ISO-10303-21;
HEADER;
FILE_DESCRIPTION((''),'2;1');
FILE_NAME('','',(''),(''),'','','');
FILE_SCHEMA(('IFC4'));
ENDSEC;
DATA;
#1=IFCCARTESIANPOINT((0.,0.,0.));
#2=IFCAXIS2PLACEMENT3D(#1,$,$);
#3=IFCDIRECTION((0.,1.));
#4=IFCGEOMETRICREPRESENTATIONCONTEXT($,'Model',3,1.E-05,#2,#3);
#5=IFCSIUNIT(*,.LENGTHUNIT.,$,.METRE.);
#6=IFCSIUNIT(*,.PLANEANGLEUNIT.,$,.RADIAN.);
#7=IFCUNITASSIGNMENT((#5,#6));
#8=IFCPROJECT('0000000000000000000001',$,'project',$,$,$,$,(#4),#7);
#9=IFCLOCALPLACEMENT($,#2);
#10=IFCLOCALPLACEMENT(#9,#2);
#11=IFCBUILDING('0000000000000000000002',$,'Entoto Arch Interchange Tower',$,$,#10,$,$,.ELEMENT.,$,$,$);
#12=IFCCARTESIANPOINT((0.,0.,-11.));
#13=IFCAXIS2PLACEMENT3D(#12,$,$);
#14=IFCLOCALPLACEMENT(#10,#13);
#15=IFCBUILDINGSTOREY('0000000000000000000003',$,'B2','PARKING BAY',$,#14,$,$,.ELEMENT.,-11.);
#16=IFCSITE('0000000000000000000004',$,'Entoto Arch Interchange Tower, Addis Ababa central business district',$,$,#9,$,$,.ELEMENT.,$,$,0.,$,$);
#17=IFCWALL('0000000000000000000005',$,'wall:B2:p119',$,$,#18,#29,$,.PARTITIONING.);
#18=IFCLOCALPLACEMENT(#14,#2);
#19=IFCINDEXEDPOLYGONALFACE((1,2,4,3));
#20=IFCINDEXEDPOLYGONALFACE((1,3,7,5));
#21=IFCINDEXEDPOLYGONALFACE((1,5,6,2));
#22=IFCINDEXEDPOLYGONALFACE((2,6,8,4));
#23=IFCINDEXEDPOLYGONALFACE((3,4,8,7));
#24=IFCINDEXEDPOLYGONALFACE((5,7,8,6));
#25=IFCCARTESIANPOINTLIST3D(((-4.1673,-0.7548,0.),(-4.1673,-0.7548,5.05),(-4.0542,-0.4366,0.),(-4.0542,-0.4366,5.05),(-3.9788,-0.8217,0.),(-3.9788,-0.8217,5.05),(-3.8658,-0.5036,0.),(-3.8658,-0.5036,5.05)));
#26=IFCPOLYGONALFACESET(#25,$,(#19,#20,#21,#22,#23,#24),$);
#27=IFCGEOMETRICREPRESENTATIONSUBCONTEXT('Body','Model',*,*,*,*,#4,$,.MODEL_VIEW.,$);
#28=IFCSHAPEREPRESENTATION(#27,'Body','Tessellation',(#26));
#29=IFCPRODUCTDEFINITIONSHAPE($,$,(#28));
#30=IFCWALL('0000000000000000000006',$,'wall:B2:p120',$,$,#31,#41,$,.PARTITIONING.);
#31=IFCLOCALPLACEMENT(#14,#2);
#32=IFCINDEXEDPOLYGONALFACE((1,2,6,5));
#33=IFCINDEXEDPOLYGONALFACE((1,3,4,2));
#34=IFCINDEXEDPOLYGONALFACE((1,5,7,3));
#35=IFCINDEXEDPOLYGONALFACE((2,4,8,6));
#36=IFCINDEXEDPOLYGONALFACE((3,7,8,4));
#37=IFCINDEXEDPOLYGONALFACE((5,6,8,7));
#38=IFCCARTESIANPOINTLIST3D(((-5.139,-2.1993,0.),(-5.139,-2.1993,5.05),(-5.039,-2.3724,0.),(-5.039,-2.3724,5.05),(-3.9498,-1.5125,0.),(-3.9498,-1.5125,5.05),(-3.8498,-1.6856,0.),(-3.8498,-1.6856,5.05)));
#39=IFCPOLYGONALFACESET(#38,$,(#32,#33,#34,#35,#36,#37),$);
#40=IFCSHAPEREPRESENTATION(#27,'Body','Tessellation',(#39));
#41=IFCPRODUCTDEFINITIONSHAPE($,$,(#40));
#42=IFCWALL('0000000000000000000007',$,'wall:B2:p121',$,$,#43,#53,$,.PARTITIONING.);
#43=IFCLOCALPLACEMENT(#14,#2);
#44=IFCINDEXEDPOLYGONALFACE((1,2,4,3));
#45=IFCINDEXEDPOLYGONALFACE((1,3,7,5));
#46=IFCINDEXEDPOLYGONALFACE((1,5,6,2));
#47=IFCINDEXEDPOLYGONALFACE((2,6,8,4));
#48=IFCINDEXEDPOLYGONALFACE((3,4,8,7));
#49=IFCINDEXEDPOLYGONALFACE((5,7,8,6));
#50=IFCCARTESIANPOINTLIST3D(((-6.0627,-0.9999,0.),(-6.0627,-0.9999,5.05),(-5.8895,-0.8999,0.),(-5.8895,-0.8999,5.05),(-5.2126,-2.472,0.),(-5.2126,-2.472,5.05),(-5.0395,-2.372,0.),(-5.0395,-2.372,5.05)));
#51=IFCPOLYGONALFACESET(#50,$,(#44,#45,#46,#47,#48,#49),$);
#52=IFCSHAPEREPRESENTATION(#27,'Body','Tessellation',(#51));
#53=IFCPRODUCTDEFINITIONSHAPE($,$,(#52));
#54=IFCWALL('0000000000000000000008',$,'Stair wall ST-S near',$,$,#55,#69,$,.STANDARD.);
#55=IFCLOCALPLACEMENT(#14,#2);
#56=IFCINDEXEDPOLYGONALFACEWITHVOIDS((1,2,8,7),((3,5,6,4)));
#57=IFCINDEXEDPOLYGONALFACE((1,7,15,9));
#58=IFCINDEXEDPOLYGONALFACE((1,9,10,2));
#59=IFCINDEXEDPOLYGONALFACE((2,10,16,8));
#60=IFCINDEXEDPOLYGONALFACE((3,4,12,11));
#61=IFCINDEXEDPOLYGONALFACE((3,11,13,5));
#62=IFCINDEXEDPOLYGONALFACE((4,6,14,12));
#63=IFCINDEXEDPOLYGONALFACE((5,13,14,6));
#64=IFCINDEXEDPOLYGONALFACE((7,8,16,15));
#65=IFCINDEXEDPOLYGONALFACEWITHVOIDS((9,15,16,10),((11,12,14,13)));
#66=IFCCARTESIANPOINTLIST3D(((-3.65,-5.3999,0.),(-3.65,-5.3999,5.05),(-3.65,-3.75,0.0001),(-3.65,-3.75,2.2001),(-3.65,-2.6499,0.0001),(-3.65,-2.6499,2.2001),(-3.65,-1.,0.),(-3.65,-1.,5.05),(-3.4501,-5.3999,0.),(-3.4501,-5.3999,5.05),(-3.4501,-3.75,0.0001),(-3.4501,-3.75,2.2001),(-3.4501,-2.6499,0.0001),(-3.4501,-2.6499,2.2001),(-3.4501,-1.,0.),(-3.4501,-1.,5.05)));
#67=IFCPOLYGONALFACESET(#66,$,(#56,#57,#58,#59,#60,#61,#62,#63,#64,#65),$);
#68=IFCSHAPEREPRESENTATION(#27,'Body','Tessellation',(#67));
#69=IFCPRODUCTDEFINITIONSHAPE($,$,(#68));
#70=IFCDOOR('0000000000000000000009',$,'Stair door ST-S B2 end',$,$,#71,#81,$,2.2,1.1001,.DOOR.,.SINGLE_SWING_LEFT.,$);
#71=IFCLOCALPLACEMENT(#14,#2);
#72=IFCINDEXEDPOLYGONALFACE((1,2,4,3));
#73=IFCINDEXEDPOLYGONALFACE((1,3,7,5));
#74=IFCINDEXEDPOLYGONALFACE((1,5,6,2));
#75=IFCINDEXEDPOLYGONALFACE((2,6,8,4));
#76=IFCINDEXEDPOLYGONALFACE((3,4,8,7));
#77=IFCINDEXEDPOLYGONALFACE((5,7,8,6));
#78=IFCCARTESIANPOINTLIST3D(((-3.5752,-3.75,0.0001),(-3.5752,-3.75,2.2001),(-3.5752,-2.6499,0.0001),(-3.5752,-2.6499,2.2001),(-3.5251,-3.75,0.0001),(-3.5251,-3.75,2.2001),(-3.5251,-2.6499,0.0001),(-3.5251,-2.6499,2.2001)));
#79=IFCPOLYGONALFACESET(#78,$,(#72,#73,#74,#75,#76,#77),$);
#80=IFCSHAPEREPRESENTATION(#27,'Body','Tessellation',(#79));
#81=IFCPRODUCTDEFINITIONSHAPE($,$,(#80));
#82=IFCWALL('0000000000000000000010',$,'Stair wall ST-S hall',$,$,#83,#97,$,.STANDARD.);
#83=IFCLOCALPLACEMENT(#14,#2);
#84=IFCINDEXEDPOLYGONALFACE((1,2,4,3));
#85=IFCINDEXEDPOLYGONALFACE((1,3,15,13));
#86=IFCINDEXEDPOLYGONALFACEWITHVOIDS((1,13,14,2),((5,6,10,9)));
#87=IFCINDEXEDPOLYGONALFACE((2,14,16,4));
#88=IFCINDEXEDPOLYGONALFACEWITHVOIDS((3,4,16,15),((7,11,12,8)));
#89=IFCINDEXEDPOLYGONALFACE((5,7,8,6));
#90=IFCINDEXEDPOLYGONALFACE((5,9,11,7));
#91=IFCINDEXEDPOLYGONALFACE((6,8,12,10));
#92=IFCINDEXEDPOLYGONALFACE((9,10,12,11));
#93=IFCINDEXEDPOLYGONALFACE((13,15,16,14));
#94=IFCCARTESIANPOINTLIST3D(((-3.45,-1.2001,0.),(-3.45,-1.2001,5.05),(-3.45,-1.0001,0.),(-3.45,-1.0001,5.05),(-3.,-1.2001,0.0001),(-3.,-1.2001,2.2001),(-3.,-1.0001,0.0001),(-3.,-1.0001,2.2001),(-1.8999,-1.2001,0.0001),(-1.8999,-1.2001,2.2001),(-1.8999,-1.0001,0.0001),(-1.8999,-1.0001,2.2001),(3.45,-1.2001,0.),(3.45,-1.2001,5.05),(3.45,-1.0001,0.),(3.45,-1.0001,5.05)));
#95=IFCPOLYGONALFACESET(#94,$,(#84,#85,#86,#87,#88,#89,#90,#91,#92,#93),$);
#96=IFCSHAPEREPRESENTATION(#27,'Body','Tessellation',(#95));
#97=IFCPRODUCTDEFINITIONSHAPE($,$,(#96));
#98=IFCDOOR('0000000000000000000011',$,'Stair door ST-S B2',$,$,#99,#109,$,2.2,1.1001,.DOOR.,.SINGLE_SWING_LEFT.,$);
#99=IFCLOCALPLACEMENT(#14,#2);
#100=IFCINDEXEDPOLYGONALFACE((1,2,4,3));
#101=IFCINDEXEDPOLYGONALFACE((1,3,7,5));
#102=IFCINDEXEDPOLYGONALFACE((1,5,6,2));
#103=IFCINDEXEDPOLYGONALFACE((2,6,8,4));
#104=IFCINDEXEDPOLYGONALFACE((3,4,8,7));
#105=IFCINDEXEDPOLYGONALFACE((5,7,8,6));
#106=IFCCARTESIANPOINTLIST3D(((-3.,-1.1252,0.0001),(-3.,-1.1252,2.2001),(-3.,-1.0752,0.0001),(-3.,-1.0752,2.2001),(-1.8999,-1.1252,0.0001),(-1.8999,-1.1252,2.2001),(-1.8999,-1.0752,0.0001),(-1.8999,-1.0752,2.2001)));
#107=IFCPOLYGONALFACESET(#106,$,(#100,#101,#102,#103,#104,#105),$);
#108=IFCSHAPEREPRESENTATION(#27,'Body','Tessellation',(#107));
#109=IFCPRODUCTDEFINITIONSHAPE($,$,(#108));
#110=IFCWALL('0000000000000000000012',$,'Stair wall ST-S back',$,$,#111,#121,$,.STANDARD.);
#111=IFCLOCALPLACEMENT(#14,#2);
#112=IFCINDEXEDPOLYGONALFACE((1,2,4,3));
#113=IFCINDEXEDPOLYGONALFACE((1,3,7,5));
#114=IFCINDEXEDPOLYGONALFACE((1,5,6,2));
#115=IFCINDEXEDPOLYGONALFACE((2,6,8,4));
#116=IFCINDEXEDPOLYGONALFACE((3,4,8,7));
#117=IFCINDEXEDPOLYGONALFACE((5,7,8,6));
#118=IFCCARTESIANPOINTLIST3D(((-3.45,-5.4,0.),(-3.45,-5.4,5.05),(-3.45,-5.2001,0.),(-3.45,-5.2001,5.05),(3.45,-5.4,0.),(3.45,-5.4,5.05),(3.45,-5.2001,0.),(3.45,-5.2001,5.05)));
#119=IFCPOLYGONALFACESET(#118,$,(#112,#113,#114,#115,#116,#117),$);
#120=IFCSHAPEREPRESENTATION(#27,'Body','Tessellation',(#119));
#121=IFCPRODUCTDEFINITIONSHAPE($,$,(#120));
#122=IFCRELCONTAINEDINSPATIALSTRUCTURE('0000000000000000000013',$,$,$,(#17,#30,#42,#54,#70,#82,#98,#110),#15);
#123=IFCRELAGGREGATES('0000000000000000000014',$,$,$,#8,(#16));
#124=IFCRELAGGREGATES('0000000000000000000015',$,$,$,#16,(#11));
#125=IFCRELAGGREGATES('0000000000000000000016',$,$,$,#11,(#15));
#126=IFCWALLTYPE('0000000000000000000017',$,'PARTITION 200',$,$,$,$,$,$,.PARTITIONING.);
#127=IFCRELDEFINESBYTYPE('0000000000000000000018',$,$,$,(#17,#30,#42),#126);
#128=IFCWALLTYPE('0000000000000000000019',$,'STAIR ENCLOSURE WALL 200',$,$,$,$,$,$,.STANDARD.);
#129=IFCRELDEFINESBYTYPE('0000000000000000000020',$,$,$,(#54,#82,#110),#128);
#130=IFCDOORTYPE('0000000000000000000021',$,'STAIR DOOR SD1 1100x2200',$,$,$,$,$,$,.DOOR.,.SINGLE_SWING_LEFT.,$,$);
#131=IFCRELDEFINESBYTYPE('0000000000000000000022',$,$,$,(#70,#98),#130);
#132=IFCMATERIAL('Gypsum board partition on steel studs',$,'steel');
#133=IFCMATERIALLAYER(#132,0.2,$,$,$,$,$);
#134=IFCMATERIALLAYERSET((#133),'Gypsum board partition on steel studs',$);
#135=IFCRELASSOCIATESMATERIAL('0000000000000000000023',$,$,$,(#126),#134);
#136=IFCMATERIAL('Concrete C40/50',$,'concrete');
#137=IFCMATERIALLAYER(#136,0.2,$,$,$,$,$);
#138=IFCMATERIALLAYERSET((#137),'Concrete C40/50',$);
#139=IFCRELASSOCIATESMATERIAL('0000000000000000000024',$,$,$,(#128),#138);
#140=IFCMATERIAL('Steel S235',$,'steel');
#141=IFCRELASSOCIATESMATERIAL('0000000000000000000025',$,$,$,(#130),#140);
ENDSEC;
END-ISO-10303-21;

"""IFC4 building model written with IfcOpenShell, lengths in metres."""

from ifc_helpers import new_model, si_unit, direction, frame, frame_2d, origin, place, context, subcontext, project, spatial, rectangle, extrude, material, layer, layer_set, type_object, element, fill, save


model = new_model("IFC4")

# Units and contexts
model_context = context("Model", 3, precision=1e-05, world=origin(), true_north=direction((0.0, 1.0)))
body_context = subcontext(model_context, "Body", "Model", "MODEL_VIEW")
ifc_project = project(units=[si_unit("LENGTHUNIT", "METRE"), si_unit("PLANEANGLEUNIT", "RADIAN")], contexts=[model_context])

# Site, building, storey
site_placement = place(None, origin())
site = spatial("IfcSite", under=ifc_project, at=site_placement, Name="Entoto Arch Interchange Tower, Addis Ababa central business district", CompositionType="ELEMENT", RefElevation=0.0)
building_placement = place(site_placement, origin())
building = spatial("IfcBuilding", under=site, at=building_placement, Name="Entoto Arch Interchange Tower", CompositionType="ELEMENT")
storey_placement = place(building_placement, frame((0.0, 0.0, -11.0)))
storey = spatial("IfcBuildingStorey", under=building, at=storey_placement, Name="B2", Description="PARKING BAY", CompositionType="ELEMENT", Elevation=-11.0)

# Shared definitions
ifc_material_1 = material(Name="Concrete C40/50", Category="concrete")

# Shared definitions
ifc_material_2 = material(Name="Gypsum board partition on steel studs", Category="steel")
ifc_layer_1 = layer(ifc_material_2, 0.2)
ifc_layer_set_1 = layer_set([ifc_layer_1], Name="Gypsum board partition on steel studs")
wall_type_1 = type_object("IfcWallType", Name="PARTITION 200", PredefinedType="PARTITIONING", material=ifc_layer_set_1)

# Walls
wall_1_placement = place(storey_placement, frame((-3.96, -0.47, 0.0), z_axis=(0.0, 0.0, 1.0), x_axis=(-0.334824, -0.942281, 0.0)))
element("IfcWall", 1, at=wall_1_placement, inside=storey, type_object=wall_type_1, Name="wall:B2:p119", PredefinedType="PARTITIONING", context=body_context, shape_type="SweptSolid", body=[
    extrude(rectangle(XDim=0.3376, YDim=0.2, at=frame_2d((0.1689, 0.0))), origin(), (0.0, 0.0, 1.0), 5.05),
])
wall_2_placement = place(storey_placement, frame((-3.8999, -1.5991, 0.0), z_axis=(0.0, 0.0, 1.0), x_axis=(-0.865969, -0.500097, 0.0)))
element("IfcWall", 2, at=wall_2_placement, inside=storey, type_object=wall_type_1, Name="wall:B2:p120", PredefinedType="PARTITIONING", context=body_context, shape_type="SweptSolid", body=[
    extrude(rectangle(XDim=1.3733, YDim=0.2, at=frame_2d((0.6865, 0.0))), origin(), (0.0, 0.0, 1.0), 5.05),
])
wall_3_placement = place(storey_placement, frame((-5.126, -2.4221, 0.0), z_axis=(0.0, 0.0, 1.0), x_axis=(-0.500062, 0.865989, 0.0)))
element("IfcWall", 3, at=wall_3_placement, inside=storey, type_object=wall_type_1, Name="wall:B2:p121", PredefinedType="PARTITIONING", context=body_context, shape_type="SweptSolid", body=[
    extrude(rectangle(XDim=1.7, YDim=0.2, at=frame_2d((0.8501, 0.0))), origin(), (0.0, 0.0, 1.0), 5.05),
])

# Walls, openings, doors
ifc_layer_2 = layer(ifc_material_1, 0.2)
ifc_layer_set_2 = layer_set([ifc_layer_2], Name="Concrete C40/50")
wall_type_2 = type_object("IfcWallType", Name="STAIR ENCLOSURE WALL 200", PredefinedType="STANDARD", material=ifc_layer_set_2)
wall_4_placement = place(storey_placement, frame((-3.55, -1.0, 0.0), z_axis=(0.0, 0.0, 1.0), x_axis=(0.0, -1.0, 0.0)))
wall_4 = element("IfcWall", 4, at=wall_4_placement, inside=storey, type_object=wall_type_2, Name="Stair wall ST-S near", PredefinedType="STANDARD", context=body_context, shape_type="SweptSolid", body=[
    extrude(rectangle(XDim=4.3999, YDim=0.2, at=frame_2d((2.2, 0.0))), origin(), (0.0, 0.0, 1.0), 5.05),
])
opening_1_placement = place(wall_4_placement, frame((1.6499, 0.0, 0.0)))
opening_1 = element("IfcOpeningElement", 5, at=opening_1_placement, cuts=wall_4, PredefinedType="OPENING", context=body_context, shape_type="SweptSolid", body=[
    extrude(rectangle(XDim=1.1001, YDim=2.2, at=frame_2d((0.55, 1.1001))), frame((0.0, 0.1099, 0.0), z_axis=(0.0, -1.0, 0.0), x_axis=(1.0, 0.0, 0.0)), (0.0, 0.0, 1.0), 0.22),
])
ifc_material_3 = material(Name="Steel S235", Category="steel")
door_type_1 = type_object("IfcDoorType", Name="STAIR DOOR SD1 1100x2200", OperationType="SINGLE_SWING_LEFT", PredefinedType="DOOR", material=ifc_material_3)
door_1_placement = place(opening_1_placement, origin())
door_1 = element("IfcDoor", 6, at=door_1_placement, inside=storey, type_object=door_type_1, Name="Stair door ST-S B2 end", OperationType="SINGLE_SWING_LEFT", OverallHeight=2.2, OverallWidth=1.1001, PredefinedType="DOOR", context=body_context, shape_type="SweptSolid", body=[
    extrude(rectangle(XDim=1.1001, YDim=2.2, at=frame_2d((0.55, 1.1001))), frame((0.0, 0.0249, 0.0), z_axis=(0.0, -1.0, 0.0), x_axis=(1.0, 0.0, 0.0)), (0.0, 0.0, 1.0), 0.05),
])
fill(opening_1, door_1)
wall_5_placement = place(storey_placement, frame((-3.45, -1.1001, 0.0), z_axis=(0.0, 0.0, 1.0), x_axis=(1.0, 0.0, 0.0)))
wall_5 = element("IfcWall", 7, at=wall_5_placement, inside=storey, type_object=wall_type_2, Name="Stair wall ST-S hall", PredefinedType="STANDARD", context=body_context, shape_type="SweptSolid", body=[
    extrude(rectangle(XDim=6.8999, YDim=0.2, at=frame_2d((3.45, 0.0))), origin(), (0.0, 0.0, 1.0), 5.05),
])
opening_2_placement = place(wall_5_placement, frame((0.45, 0.0, 0.0)))
opening_2 = element("IfcOpeningElement", 8, at=opening_2_placement, cuts=wall_5, PredefinedType="OPENING", context=body_context, shape_type="SweptSolid", body=[
    extrude(rectangle(XDim=1.1001, YDim=2.2, at=frame_2d((0.55, 1.1001))), frame((0.0, 0.1099, 0.0), z_axis=(0.0, -1.0, 0.0), x_axis=(1.0, 0.0, 0.0)), (0.0, 0.0, 1.0), 0.22),
])
door_2_placement = place(opening_2_placement, origin())
door_2 = element("IfcDoor", 9, at=door_2_placement, inside=storey, type_object=door_type_1, Name="Stair door ST-S B2", OperationType="SINGLE_SWING_LEFT", OverallHeight=2.2, OverallWidth=1.1001, PredefinedType="DOOR", context=body_context, shape_type="SweptSolid", body=[
    extrude(rectangle(XDim=1.1001, YDim=2.2, at=frame_2d((0.55, 1.1001))), frame((0.0, 0.0249, 0.0), z_axis=(0.0, -1.0, 0.0), x_axis=(1.0, 0.0, 0.0)), (0.0, 0.0, 1.0), 0.05),
])
fill(opening_2, door_2)

# Wall
wall_6_placement = place(storey_placement, frame((-3.45, -5.3, 0.0), z_axis=(0.0, 0.0, 1.0), x_axis=(1.0, 0.0, 0.0)))
element("IfcWall", 10, at=wall_6_placement, inside=storey, type_object=wall_type_2, Name="Stair wall ST-S back", PredefinedType="STANDARD", context=body_context, shape_type="SweptSolid", body=[
    extrude(rectangle(XDim=6.8999, YDim=0.2, at=frame_2d((3.45, 0.0))), origin(), (0.0, 0.0, 1.0), 5.05),
])

save(model, "model.ifc")
